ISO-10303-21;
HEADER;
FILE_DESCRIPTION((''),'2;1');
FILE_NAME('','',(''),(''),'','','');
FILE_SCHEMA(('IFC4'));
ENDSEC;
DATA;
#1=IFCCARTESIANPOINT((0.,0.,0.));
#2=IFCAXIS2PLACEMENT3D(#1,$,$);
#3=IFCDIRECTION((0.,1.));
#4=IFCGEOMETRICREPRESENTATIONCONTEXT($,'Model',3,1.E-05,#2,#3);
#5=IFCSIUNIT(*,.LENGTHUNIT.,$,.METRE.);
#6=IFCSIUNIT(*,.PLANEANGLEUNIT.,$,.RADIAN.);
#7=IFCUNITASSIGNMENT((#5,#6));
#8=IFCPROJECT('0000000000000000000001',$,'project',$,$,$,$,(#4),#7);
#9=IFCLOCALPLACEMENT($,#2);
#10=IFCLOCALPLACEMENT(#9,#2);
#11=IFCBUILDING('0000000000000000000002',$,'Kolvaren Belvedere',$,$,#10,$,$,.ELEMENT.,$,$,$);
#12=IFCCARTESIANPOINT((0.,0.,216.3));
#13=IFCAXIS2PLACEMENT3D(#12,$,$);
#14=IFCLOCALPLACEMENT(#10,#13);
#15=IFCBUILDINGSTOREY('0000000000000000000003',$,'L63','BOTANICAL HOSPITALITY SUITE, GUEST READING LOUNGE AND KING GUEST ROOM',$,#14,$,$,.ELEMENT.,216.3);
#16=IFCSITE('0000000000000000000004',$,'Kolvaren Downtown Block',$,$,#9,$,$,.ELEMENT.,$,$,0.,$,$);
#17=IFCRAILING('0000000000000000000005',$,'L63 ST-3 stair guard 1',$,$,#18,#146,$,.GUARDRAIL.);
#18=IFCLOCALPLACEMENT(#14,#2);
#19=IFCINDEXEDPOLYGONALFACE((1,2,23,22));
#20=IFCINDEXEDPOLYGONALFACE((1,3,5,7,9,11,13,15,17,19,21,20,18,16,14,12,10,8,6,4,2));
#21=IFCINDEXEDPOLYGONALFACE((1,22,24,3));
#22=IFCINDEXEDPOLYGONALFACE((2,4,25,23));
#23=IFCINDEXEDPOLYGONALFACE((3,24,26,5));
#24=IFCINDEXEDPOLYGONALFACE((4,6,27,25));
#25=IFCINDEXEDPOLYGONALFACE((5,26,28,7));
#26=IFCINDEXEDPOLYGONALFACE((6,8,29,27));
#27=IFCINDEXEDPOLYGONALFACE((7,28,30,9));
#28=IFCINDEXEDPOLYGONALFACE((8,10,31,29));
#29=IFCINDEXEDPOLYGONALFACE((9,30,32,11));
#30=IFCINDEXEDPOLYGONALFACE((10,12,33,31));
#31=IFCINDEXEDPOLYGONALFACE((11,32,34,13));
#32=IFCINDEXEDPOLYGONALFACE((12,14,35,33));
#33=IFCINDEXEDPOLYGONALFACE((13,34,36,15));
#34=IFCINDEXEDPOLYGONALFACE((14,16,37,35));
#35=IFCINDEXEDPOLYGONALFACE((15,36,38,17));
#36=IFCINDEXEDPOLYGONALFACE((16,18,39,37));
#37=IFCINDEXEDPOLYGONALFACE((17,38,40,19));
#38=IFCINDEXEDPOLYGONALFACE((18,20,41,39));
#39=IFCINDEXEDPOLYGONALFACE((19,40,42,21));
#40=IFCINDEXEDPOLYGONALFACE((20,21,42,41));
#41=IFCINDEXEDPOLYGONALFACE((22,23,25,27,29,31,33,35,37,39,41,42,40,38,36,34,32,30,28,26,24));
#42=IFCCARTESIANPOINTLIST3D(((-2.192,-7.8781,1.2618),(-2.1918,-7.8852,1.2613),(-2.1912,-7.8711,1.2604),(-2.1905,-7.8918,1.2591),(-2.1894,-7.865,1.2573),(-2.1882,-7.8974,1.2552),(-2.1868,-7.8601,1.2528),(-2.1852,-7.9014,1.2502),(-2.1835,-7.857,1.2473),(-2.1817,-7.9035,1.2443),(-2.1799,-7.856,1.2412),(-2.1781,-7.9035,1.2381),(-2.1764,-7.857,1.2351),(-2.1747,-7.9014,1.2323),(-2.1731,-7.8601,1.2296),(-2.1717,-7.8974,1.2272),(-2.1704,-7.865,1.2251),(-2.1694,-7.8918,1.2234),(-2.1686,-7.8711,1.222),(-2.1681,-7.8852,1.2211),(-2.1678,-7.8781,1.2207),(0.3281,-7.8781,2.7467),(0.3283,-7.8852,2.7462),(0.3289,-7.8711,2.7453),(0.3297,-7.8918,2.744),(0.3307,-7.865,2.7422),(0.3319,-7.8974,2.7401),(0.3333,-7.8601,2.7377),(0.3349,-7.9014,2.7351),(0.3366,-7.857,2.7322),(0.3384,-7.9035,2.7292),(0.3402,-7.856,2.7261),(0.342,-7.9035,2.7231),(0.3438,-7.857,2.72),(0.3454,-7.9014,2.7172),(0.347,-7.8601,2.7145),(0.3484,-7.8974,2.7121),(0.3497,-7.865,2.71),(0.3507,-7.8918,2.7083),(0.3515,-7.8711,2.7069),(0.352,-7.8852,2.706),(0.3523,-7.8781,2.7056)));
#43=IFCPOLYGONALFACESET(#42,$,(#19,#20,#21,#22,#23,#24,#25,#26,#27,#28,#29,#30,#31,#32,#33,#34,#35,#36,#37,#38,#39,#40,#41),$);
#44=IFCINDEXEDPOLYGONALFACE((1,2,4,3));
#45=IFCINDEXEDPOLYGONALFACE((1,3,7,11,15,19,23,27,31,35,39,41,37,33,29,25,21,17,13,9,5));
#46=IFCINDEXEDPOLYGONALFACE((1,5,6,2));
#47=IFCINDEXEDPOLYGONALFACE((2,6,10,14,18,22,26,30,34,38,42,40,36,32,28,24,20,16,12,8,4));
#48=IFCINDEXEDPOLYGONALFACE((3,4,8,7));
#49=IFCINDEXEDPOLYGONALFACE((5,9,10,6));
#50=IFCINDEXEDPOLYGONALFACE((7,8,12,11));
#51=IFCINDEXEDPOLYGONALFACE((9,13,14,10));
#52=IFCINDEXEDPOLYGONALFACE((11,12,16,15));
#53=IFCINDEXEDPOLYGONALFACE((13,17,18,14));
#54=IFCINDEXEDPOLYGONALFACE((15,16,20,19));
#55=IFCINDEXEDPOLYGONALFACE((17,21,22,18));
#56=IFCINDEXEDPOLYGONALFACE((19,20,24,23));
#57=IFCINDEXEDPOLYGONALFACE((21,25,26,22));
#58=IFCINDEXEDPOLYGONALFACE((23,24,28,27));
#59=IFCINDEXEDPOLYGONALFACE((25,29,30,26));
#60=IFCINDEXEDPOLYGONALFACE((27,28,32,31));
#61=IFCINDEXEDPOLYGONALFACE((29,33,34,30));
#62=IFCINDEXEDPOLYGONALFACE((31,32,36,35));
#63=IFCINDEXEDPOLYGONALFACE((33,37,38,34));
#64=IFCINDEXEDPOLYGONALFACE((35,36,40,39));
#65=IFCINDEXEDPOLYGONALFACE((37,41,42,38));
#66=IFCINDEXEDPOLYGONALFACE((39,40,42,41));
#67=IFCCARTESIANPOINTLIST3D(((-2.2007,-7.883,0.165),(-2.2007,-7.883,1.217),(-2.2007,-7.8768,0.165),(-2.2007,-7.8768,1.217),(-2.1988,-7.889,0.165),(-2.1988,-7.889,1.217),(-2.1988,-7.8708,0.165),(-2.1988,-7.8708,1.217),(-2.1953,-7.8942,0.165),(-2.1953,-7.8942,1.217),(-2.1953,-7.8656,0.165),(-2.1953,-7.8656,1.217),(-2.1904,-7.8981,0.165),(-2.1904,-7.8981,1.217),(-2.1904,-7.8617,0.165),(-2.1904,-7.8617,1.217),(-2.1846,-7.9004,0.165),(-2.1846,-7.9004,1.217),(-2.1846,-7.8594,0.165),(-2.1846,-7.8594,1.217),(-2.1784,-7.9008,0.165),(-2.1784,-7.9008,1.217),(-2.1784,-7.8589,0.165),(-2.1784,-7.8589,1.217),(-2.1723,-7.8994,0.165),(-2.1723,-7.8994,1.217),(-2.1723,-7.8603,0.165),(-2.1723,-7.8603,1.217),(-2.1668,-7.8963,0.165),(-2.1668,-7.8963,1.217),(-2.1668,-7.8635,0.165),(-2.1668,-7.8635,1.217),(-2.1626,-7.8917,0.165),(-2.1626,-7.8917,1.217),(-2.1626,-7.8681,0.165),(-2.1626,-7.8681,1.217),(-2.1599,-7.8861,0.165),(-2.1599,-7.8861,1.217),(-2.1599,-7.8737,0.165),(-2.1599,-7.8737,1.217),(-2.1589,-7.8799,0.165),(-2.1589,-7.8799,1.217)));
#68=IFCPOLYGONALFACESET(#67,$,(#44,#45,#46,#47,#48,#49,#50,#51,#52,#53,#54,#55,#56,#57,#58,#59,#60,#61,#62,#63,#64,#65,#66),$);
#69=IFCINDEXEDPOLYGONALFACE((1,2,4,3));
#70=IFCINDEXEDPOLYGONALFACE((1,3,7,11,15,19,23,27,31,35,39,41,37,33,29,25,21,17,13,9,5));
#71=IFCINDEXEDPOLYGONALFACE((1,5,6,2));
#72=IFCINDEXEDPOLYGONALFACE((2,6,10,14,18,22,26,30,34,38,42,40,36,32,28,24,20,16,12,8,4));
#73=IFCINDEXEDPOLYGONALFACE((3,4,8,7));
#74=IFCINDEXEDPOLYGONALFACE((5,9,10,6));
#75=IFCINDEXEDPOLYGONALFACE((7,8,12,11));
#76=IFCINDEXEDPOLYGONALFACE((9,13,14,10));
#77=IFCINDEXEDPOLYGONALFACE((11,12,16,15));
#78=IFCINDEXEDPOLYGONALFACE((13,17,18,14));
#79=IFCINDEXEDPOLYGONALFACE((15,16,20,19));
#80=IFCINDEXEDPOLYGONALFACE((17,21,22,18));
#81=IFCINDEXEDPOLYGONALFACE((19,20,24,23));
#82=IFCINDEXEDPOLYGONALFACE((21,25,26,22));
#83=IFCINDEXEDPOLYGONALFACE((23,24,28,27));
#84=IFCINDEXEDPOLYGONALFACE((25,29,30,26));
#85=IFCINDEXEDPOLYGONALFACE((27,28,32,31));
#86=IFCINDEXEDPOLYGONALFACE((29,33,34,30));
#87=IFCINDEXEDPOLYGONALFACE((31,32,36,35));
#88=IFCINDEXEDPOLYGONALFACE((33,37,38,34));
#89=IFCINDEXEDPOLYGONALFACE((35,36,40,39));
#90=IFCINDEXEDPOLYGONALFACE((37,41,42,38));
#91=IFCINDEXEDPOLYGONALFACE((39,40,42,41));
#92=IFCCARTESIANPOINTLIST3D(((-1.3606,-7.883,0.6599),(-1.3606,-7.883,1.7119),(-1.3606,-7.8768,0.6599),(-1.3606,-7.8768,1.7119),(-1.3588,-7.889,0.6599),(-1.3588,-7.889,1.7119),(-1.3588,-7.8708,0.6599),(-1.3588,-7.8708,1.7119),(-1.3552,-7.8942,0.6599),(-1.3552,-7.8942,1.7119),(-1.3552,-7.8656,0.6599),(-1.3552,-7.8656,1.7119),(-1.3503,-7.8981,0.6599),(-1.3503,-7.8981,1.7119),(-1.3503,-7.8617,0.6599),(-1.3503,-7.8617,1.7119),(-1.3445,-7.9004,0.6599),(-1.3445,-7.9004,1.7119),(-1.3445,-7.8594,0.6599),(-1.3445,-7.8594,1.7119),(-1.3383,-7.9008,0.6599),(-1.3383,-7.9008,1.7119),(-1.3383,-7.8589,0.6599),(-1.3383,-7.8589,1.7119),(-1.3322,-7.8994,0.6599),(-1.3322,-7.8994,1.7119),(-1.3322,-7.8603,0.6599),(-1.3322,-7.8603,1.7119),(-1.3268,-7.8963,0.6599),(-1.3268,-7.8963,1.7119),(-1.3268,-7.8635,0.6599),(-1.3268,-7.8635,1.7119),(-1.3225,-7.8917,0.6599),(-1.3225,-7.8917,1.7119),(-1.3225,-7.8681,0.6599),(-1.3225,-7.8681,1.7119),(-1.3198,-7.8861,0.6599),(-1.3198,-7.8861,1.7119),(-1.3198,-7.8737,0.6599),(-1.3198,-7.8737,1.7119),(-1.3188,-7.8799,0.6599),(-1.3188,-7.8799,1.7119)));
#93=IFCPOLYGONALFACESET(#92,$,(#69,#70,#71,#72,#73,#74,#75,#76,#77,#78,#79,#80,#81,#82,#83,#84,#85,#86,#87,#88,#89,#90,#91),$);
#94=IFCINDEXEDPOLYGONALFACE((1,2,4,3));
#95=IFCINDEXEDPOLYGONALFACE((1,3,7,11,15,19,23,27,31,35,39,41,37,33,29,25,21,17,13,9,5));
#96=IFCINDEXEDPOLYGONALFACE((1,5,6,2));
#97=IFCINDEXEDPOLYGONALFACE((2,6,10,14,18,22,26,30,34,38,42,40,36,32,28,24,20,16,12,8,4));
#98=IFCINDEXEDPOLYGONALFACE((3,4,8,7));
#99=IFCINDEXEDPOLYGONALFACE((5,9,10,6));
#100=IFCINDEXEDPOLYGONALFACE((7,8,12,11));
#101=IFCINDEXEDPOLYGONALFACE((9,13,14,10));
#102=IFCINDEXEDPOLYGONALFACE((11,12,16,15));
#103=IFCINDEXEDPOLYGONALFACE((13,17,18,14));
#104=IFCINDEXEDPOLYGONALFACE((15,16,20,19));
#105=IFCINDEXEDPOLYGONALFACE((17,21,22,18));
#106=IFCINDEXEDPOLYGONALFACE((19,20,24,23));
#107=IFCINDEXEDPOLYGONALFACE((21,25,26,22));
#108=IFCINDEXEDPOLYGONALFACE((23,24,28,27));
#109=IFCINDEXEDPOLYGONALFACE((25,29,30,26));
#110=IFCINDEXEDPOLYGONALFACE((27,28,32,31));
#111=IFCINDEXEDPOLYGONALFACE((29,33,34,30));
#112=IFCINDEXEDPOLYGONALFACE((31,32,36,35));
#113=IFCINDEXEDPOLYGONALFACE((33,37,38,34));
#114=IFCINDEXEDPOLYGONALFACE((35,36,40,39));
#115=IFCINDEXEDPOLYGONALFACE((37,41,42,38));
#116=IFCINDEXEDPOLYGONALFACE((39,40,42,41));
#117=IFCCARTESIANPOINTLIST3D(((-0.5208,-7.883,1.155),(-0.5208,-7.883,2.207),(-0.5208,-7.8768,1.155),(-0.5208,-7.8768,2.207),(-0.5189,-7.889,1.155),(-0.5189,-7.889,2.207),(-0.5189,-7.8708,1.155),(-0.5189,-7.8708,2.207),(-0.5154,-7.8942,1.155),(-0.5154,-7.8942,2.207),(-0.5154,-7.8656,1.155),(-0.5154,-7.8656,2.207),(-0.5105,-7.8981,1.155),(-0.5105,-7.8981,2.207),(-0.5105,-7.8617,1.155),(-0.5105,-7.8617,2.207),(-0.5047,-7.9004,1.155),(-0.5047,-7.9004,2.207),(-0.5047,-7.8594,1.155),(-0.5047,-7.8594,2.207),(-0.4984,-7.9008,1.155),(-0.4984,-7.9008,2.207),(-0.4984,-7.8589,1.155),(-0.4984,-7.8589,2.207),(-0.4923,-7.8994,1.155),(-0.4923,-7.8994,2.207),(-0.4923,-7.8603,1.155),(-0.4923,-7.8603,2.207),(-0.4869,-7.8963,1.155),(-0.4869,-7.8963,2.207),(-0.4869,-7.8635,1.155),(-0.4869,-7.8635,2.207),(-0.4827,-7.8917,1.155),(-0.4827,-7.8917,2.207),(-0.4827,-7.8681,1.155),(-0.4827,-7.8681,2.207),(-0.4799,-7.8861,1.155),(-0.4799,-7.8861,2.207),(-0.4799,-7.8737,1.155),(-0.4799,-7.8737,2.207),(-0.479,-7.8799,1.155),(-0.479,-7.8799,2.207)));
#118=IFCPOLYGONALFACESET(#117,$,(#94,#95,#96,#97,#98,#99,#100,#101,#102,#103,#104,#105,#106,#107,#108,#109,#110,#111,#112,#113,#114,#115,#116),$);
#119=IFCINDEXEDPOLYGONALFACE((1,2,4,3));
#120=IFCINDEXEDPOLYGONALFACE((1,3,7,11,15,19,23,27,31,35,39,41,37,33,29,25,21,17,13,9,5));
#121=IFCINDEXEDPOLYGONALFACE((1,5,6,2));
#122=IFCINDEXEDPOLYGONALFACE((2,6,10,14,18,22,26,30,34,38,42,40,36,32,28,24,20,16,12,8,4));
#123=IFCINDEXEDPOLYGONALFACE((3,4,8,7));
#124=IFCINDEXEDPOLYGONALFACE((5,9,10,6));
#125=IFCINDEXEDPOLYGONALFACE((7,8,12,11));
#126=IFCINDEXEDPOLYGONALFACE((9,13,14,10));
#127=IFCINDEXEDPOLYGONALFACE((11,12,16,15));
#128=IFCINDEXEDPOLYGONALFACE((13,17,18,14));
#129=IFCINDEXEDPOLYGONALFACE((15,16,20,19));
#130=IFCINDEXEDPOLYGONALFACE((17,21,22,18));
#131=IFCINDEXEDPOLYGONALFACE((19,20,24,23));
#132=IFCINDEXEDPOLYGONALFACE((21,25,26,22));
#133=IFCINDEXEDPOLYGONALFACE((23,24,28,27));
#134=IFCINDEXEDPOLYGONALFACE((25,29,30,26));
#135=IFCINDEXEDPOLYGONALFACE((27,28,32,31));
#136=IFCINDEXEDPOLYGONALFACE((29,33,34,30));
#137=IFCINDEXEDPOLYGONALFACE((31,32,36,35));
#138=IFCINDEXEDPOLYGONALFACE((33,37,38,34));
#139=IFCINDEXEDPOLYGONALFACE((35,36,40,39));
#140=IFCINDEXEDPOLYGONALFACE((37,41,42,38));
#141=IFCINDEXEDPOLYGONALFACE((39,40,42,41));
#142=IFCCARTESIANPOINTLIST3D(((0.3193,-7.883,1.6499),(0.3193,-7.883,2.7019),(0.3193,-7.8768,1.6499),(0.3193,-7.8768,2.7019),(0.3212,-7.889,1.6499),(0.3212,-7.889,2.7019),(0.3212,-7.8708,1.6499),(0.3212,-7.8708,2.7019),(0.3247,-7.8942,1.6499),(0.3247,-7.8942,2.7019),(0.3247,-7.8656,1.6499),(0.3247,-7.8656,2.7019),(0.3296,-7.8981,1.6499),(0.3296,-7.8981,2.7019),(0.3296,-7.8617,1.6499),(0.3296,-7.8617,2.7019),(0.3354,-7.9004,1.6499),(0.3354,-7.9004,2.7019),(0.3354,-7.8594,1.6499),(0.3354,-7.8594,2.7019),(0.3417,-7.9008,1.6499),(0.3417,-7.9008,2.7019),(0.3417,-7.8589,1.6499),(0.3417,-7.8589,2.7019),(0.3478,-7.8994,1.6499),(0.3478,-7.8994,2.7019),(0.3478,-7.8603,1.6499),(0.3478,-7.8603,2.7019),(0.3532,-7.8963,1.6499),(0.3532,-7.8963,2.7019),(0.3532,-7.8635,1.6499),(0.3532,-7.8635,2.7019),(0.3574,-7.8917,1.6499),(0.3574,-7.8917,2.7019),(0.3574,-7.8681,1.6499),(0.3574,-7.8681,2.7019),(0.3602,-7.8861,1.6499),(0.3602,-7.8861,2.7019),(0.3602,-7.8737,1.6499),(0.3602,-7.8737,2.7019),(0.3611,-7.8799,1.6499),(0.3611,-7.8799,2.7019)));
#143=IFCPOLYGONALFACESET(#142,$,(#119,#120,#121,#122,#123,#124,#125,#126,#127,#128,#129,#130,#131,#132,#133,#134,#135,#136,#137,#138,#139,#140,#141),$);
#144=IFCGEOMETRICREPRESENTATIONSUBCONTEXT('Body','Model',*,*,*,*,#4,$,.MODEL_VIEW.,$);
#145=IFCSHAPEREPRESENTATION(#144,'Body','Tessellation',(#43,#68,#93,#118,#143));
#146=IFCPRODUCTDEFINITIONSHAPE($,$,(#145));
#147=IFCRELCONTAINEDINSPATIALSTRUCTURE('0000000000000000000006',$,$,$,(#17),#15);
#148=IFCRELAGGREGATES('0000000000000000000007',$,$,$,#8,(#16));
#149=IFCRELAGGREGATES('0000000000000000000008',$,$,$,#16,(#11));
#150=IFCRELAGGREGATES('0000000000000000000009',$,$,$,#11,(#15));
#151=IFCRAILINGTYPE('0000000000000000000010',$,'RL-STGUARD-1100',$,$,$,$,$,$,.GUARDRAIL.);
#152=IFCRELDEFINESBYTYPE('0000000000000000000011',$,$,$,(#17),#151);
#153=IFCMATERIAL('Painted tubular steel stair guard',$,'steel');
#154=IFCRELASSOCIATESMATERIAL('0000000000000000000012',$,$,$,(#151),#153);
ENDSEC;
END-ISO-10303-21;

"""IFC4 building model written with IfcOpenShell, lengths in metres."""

from ifc_helpers import new_model, si_unit, direction, frame, origin, origin_2d, place, context, subcontext, project, spatial, circle, extrude, material, type_object, element, save


model = new_model("IFC4")

# Units and contexts
model_context = context("Model", 3, precision=1e-05, world=origin(), true_north=direction((0.0, 1.0)))
body_context = subcontext(model_context, "Body", "Model", "MODEL_VIEW")
ifc_project = project(units=[si_unit("LENGTHUNIT", "METRE"), si_unit("PLANEANGLEUNIT", "RADIAN")], contexts=[model_context])

# Site, building, storey
site_placement = place(None, origin())
site = spatial("IfcSite", under=ifc_project, at=site_placement, Name="Kolvaren Downtown Block", CompositionType="ELEMENT", RefElevation=0.0)
building_placement = place(site_placement, origin())
building = spatial("IfcBuilding", under=site, at=building_placement, Name="Kolvaren Belvedere", CompositionType="ELEMENT")
storey_placement = place(building_placement, frame((0.0, 0.0, 216.3)))
storey = spatial("IfcBuildingStorey", under=building, at=storey_placement, Name="L63", Description="BOTANICAL HOSPITALITY SUITE, GUEST READING LOUNGE AND KING GUEST ROOM", CompositionType="ELEMENT", Elevation=216.3)

# Railing
ifc_material_1 = material(Name="Painted tubular steel stair guard", Category="steel")
railing_type_1 = type_object("IfcRailingType", Name="RL-STGUARD-1100", PredefinedType="GUARDRAIL", material=ifc_material_1)
railing_1_placement = place(storey_placement, frame((-2.1799, -7.8799, 0.165)))
element("IfcRailing", 1, at=railing_1_placement, inside=storey, type_object=railing_type_1, Name="L63 ST-3 stair guard 1", PredefinedType="GUARDRAIL", context=body_context, shape_type="SweptSolid", body=[
    extrude(circle(Radius=0.0239, at=origin_2d()), frame((0.0, 0.0, 1.0762), z_axis=(0.861561, 0.0, 0.507655), x_axis=(0.0, 1.0, 0.0)), (0.0, 0.0, 1.0), 2.925),
    extrude(circle(Radius=0.021, at=origin_2d()), origin(), (0.0, 0.0, 1.0), 1.052),
    extrude(circle(Radius=0.021, at=origin_2d()), frame((0.8401, 0.0, 0.4949)), (0.0, 0.0, 1.0), 1.052),
    extrude(circle(Radius=0.021, at=origin_2d()), frame((1.6799, 0.0, 0.99)), (0.0, 0.0, 1.0), 1.052),
    extrude(circle(Radius=0.021, at=origin_2d()), frame((2.52, 0.0, 1.4849)), (0.0, 0.0, 1.0), 1.052),
])

save(model, "model.ifc")
